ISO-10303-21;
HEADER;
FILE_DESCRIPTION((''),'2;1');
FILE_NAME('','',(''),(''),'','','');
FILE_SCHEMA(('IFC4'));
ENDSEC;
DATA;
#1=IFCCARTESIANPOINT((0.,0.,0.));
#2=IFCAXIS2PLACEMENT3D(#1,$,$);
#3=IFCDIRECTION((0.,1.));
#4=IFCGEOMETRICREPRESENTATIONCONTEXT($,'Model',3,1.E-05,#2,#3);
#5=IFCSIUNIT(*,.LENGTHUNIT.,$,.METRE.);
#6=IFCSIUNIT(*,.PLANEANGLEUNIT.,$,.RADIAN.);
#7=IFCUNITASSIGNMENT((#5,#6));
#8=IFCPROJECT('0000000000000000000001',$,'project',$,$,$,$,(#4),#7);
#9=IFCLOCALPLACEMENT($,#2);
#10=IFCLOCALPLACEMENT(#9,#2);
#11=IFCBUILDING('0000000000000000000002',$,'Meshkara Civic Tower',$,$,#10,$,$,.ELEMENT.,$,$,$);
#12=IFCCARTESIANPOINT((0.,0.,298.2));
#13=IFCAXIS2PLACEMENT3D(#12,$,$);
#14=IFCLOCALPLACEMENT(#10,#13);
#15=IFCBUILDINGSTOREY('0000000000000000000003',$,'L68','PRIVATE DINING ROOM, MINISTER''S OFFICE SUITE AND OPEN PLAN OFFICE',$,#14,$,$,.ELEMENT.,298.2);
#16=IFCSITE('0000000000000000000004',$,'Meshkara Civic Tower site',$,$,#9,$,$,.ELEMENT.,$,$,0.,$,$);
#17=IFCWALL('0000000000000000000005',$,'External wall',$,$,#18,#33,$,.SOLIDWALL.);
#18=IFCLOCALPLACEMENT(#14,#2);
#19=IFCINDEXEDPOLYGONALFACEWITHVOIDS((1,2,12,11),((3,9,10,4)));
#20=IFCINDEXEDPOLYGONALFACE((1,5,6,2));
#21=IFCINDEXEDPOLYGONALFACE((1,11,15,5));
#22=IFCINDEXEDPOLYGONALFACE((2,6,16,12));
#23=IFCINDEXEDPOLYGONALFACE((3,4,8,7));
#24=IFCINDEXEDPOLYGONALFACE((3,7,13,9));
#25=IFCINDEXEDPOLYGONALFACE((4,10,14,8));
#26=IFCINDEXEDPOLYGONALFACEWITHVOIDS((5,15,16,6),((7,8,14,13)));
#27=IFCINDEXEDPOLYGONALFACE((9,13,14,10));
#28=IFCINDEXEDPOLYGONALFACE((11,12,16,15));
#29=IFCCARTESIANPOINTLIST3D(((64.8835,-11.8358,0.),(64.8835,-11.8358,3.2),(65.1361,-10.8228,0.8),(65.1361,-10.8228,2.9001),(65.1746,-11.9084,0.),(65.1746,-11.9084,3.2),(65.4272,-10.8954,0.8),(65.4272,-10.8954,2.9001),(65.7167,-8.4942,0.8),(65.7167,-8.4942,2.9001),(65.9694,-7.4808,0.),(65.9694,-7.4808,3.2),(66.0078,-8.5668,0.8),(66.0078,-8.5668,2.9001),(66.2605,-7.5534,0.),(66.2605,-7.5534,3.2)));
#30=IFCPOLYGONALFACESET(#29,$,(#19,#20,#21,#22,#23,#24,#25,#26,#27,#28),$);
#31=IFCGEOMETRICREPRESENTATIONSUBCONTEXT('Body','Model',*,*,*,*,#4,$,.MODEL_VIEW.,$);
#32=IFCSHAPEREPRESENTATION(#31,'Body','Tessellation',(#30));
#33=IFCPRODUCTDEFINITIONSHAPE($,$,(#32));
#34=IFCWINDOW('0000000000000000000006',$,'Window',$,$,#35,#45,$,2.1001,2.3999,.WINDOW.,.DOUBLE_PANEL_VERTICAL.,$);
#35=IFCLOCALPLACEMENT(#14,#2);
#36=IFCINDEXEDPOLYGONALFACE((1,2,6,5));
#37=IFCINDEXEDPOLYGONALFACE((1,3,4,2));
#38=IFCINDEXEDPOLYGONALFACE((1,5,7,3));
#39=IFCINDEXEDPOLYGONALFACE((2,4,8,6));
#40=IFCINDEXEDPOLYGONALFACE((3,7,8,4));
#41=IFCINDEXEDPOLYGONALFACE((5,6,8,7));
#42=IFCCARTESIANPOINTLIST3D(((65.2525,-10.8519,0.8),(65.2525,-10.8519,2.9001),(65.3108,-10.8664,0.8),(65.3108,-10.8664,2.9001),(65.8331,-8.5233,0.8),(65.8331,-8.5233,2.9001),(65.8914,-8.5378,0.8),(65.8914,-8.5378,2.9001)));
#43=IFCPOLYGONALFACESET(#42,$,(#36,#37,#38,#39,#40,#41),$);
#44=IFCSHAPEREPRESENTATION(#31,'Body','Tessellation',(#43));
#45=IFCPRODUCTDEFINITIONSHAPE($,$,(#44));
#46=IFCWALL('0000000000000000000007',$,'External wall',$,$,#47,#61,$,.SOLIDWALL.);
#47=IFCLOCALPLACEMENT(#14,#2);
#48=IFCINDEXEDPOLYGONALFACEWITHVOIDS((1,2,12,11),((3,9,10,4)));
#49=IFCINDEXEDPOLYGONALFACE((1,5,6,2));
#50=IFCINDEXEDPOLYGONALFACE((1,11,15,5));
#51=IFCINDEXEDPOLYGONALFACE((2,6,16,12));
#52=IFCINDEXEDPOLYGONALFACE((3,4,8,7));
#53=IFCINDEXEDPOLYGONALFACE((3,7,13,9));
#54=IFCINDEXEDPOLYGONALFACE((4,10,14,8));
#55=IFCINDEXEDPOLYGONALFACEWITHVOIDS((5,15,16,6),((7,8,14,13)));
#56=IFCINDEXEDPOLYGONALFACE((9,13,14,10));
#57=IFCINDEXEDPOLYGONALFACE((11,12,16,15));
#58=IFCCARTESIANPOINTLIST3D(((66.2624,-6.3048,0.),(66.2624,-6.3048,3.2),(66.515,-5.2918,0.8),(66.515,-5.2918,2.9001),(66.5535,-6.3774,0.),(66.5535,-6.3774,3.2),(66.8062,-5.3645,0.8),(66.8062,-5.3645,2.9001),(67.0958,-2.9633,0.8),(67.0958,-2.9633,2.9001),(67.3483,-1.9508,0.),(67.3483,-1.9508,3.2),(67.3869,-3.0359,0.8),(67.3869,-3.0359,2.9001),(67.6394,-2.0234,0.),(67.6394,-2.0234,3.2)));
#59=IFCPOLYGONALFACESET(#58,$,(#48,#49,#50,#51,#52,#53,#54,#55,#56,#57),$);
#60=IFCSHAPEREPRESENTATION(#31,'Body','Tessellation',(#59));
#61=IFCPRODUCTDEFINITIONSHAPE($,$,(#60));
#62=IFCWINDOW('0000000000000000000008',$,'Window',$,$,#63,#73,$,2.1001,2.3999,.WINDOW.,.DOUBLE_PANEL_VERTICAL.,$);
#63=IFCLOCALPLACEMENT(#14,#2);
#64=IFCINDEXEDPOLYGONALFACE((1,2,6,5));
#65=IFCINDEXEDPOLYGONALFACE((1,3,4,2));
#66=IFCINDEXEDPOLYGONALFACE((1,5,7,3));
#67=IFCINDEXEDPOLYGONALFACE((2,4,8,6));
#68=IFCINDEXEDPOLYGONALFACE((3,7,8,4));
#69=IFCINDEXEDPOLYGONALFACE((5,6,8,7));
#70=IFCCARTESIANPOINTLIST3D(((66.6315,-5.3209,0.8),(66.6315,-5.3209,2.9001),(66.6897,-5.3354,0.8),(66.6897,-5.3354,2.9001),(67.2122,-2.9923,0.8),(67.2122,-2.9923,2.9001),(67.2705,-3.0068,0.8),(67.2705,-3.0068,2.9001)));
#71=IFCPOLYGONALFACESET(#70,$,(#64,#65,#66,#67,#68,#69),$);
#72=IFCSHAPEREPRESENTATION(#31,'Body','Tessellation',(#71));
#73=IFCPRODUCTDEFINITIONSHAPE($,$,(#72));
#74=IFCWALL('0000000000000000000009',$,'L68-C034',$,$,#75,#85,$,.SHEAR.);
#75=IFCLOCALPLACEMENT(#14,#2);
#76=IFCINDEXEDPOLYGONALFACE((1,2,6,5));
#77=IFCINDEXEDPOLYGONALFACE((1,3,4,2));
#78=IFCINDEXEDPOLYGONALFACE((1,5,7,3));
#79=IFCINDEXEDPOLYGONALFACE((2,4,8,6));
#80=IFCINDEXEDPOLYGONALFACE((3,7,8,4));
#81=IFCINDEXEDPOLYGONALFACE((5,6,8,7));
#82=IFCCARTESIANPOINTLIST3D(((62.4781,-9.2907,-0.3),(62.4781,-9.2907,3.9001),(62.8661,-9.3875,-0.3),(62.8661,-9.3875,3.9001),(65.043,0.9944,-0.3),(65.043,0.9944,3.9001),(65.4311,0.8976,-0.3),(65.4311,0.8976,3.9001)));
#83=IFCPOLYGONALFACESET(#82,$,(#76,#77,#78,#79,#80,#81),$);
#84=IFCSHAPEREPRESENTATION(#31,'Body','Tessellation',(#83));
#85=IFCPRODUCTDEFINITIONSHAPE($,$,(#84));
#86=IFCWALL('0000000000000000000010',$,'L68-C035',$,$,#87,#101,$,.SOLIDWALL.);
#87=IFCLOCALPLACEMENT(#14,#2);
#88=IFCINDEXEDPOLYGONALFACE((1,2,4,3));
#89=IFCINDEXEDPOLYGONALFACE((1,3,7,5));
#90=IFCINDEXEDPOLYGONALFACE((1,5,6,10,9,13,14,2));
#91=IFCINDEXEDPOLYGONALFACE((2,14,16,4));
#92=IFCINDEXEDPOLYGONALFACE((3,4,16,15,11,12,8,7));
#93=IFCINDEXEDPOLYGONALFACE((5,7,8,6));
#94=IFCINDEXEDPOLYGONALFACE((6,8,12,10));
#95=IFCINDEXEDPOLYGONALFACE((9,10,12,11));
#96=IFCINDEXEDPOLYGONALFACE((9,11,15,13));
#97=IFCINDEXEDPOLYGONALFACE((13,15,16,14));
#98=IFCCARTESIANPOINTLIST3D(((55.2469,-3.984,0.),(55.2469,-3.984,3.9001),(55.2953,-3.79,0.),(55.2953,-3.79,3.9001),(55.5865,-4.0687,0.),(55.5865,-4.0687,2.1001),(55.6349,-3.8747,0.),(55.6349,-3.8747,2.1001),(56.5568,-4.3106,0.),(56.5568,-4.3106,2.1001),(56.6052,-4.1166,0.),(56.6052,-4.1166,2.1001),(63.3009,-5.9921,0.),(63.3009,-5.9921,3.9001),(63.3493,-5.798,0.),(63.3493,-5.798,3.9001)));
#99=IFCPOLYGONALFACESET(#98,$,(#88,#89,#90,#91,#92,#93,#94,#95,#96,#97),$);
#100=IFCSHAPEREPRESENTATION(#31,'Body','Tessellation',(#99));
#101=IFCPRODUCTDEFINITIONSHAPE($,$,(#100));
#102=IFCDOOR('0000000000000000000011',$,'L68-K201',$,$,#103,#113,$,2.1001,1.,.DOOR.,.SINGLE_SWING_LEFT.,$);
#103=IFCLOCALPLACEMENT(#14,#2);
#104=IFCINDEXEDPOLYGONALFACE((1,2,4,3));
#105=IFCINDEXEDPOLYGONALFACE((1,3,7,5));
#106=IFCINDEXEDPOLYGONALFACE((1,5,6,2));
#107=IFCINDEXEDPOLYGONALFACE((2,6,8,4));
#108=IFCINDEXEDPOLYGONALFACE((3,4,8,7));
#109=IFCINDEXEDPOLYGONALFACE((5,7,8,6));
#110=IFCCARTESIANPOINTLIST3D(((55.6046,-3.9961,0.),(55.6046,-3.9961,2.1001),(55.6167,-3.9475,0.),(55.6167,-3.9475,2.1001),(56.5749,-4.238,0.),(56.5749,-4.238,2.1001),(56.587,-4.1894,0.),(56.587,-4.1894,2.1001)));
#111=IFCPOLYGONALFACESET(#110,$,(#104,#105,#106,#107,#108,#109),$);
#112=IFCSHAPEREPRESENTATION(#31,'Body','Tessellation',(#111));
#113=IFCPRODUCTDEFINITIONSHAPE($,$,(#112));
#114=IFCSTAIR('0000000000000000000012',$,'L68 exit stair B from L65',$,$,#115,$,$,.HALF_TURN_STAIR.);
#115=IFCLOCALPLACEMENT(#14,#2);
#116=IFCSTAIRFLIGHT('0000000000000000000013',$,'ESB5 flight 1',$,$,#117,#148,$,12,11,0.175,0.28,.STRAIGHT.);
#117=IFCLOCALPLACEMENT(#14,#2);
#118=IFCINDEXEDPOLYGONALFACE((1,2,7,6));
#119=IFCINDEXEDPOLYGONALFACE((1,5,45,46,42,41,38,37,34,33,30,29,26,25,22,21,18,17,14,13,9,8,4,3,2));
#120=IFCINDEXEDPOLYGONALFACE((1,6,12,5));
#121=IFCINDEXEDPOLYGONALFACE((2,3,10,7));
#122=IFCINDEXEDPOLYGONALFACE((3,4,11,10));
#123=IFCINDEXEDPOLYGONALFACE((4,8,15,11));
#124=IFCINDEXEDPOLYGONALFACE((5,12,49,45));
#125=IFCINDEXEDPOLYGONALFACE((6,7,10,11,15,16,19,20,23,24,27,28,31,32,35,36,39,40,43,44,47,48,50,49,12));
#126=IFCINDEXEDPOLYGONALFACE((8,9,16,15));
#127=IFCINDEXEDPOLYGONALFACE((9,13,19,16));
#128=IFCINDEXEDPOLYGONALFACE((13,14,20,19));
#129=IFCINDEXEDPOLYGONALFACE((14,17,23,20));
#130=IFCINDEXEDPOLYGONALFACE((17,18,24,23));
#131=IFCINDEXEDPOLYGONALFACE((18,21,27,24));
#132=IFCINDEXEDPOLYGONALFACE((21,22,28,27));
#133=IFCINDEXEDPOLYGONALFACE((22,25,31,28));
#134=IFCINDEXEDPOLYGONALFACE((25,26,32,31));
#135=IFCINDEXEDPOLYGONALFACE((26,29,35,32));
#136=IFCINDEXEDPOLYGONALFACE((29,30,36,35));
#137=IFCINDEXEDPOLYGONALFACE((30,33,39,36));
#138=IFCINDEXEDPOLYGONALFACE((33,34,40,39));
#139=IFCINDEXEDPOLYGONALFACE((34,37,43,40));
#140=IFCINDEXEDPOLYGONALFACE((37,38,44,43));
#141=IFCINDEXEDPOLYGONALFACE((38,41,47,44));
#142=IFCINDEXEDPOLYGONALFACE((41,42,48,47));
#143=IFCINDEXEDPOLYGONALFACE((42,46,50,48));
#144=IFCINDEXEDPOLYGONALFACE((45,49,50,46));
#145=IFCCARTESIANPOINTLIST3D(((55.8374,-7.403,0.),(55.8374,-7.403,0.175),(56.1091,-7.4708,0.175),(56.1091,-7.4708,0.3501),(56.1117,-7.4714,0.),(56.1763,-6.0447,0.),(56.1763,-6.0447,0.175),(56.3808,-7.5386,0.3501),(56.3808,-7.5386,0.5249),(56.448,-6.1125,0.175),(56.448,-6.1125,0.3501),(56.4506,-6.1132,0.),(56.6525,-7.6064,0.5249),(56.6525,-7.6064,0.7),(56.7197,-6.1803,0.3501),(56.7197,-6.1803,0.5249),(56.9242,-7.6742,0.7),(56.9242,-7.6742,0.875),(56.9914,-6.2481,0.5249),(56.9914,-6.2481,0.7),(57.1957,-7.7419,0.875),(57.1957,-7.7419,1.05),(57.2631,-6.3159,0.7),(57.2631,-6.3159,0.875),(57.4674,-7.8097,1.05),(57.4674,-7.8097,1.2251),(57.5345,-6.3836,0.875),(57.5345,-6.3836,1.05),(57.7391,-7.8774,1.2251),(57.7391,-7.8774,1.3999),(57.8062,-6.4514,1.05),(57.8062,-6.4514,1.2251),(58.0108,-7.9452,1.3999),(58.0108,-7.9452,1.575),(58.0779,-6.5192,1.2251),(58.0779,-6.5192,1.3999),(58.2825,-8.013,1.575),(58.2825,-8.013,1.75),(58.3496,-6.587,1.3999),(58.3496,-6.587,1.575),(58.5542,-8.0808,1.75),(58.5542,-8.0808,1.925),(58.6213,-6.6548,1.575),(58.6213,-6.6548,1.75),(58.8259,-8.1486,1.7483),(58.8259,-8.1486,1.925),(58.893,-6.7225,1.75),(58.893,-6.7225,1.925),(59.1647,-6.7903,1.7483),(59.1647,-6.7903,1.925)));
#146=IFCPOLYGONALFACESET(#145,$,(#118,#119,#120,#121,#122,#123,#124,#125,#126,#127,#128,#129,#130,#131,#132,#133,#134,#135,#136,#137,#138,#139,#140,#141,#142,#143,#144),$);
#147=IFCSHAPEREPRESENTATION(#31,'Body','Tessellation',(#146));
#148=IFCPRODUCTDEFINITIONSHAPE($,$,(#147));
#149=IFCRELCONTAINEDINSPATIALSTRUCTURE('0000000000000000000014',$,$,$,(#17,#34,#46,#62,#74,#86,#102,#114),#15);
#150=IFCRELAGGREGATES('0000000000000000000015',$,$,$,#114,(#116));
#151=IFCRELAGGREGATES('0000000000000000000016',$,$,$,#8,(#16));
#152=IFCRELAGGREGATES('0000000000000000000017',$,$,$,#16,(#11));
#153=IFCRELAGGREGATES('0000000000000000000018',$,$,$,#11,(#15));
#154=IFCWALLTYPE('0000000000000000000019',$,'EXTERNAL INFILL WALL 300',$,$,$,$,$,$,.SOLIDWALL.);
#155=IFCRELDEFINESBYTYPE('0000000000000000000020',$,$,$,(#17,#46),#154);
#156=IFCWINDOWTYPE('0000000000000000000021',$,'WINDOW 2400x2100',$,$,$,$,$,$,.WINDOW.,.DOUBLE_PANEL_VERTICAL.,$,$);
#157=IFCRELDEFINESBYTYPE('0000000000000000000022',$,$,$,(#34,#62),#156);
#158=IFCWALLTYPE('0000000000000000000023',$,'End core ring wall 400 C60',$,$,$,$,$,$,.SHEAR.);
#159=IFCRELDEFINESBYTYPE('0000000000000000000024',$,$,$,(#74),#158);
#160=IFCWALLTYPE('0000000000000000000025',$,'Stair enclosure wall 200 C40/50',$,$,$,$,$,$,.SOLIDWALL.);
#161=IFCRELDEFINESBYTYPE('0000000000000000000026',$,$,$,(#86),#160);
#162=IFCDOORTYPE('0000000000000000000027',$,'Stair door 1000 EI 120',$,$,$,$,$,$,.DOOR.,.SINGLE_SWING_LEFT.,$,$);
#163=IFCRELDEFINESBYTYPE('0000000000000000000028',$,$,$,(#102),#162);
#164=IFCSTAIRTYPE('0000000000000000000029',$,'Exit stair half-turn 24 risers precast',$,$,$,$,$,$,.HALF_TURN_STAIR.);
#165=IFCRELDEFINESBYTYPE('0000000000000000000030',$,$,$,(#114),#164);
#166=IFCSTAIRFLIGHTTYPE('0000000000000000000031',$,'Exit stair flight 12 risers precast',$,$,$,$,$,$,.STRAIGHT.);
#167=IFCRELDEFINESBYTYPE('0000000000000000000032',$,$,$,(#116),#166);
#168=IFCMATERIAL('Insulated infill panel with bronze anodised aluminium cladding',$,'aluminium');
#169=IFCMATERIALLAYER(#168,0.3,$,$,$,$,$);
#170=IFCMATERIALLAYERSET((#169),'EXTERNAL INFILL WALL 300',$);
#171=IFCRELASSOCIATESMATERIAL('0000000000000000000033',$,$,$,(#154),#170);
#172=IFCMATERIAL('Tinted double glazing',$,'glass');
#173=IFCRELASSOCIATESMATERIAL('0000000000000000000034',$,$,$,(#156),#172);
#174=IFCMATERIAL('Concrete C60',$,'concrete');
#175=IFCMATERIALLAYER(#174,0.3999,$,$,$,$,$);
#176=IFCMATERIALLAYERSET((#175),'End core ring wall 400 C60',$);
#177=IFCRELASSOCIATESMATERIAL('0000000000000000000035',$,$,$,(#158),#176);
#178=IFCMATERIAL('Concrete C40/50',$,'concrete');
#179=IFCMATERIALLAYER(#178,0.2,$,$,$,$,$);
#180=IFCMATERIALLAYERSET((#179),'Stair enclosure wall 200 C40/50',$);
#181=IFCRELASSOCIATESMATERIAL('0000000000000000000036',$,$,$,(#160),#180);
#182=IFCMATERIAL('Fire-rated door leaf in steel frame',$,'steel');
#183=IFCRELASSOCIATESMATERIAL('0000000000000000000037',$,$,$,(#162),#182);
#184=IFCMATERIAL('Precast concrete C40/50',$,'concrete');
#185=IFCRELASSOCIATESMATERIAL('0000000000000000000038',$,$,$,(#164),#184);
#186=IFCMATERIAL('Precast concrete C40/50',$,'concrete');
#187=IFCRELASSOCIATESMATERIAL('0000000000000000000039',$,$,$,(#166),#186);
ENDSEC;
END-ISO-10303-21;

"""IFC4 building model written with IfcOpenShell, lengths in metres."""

from ifc_helpers import new_model, si_unit, direction, frame, frame_2d, origin, place, context, subcontext, project, spatial, polyline, rectangle, outline, extrude, material, layer, layer_set, type_object, element, fill, aggregate, save


model = new_model("IFC4")

# Units and contexts
model_context = context("Model", 3, precision=1e-05, world=origin(), true_north=direction((0.0, 1.0)))
body_context = subcontext(model_context, "Body", "Model", "MODEL_VIEW")
ifc_project = project(units=[si_unit("LENGTHUNIT", "METRE"), si_unit("PLANEANGLEUNIT", "RADIAN")], contexts=[model_context])

# Site, building, storey
site_placement = place(None, origin())
site = spatial("IfcSite", under=ifc_project, at=site_placement, Name="Meshkara Civic Tower site", CompositionType="ELEMENT", RefElevation=0.0)
building_placement = place(site_placement, origin())
building = spatial("IfcBuilding", under=site, at=building_placement, Name="Meshkara Civic Tower", CompositionType="ELEMENT")
storey_placement = place(building_placement, frame((0.0, 0.0, 298.2)))
storey = spatial("IfcBuildingStorey", under=building, at=storey_placement, Name="L68", Description="PRIVATE DINING ROOM, MINISTER'S OFFICE SUITE AND OPEN PLAN OFFICE", CompositionType="ELEMENT", Elevation=298.2)

# Walls, openings, windows
ifc_material_1 = material(Name="Insulated infill panel with bronze anodised aluminium cladding", Category="aluminium")
ifc_layer_1 = layer(ifc_material_1, 0.3)
ifc_layer_set_1 = layer_set([ifc_layer_1], Name="EXTERNAL INFILL WALL 300")
wall_type_1 = type_object("IfcWallType", Name="EXTERNAL INFILL WALL 300", PredefinedType="SOLIDWALL", material=ifc_layer_set_1)
ifc_material_2 = material(Name="Tinted double glazing", Category="glass")
window_type = type_object("IfcWindowType", Name="WINDOW 2400x2100", PartitioningType="DOUBLE_PANEL_VERTICAL", PredefinedType="WINDOW", material=ifc_material_2)
wall_1_placement = place(storey_placement, frame((65.0291, -11.8721, 0.0), z_axis=(0.0, 0.0, 1.0), x_axis=(0.241947, 0.97029, 0.0)))
wall_1 = element("IfcWall", 1, at=wall_1_placement, inside=storey, type_object=wall_type_1, Name="External wall", PredefinedType="SOLIDWALL", context=body_context, shape_type="SweptSolid", body=[
    extrude(rectangle(XDim=4.4883, YDim=0.3, at=frame_2d((2.2441, 0.0))), origin(), (0.0, 0.0, 1.0), 3.2),
])
opening_1_placement = place(wall_1_placement, frame((1.0439, 0.0, 0.8)))
opening_1 = element("IfcOpeningElement", 2, at=opening_1_placement, cuts=wall_1, PredefinedType="OPENING", context=body_context, shape_type="SweptSolid", body=[
    extrude(rectangle(XDim=2.3999, YDim=2.1001, at=frame_2d((1.2, 1.05))), frame((0.0, 0.1599, 0.0), z_axis=(0.0, -1.0, 0.0), x_axis=(1.0, 0.0, 0.0)), (0.0, 0.0, 1.0), 0.3201),
])
window_1_placement = place(opening_1_placement, origin())
window_1 = element("IfcWindow", 3, at=window_1_placement, inside=storey, type_object=window_type, Name="Window", OverallHeight=2.1001, OverallWidth=2.3999, PartitioningType="DOUBLE_PANEL_VERTICAL", PredefinedType="WINDOW", context=body_context, shape_type="SweptSolid", body=[
    extrude(rectangle(XDim=2.3999, YDim=2.1001, at=frame_2d((1.2, 1.05))), frame((0.0, 0.03, 0.0), z_axis=(0.0, -1.0, 0.0), x_axis=(1.0, 0.0, 0.0)), (0.0, 0.0, 1.0), 0.0601),
])
fill(opening_1, window_1)
wall_2_placement = place(storey_placement, frame((66.408, -6.3411, 0.0), z_axis=(0.0, 0.0, 1.0), x_axis=(0.241998, 0.970277, 0.0)))
wall_2 = element("IfcWall", 4, at=wall_2_placement, inside=storey, type_object=wall_type_1, Name="External wall", PredefinedType="SOLIDWALL", context=body_context, shape_type="SweptSolid", body=[
    extrude(rectangle(XDim=4.4873, YDim=0.3, at=frame_2d((2.2437, 0.0))), origin(), (0.0, 0.0, 1.0), 3.2),
])
opening_2_placement = place(wall_2_placement, frame((1.0439, 0.0, 0.8)))
opening_2 = element("IfcOpeningElement", 5, at=opening_2_placement, cuts=wall_2, PredefinedType="OPENING", context=body_context, shape_type="SweptSolid", body=[
    extrude(rectangle(XDim=2.3999, YDim=2.1001, at=frame_2d((1.2, 1.05))), frame((0.0, 0.1599, 0.0), z_axis=(0.0, -1.0, 0.0), x_axis=(1.0, 0.0, 0.0)), (0.0, 0.0, 1.0), 0.3201),
])
window_2_placement = place(opening_2_placement, origin())
window_2 = element("IfcWindow", 6, at=window_2_placement, inside=storey, type_object=window_type, Name="Window", OverallHeight=2.1001, OverallWidth=2.3999, PartitioningType="DOUBLE_PANEL_VERTICAL", PredefinedType="WINDOW", context=body_context, shape_type="SweptSolid", body=[
    extrude(rectangle(XDim=2.3999, YDim=2.1001, at=frame_2d((1.2, 1.05))), frame((0.0, 0.03, 0.0), z_axis=(0.0, -1.0, 0.0), x_axis=(1.0, 0.0, 0.0)), (0.0, 0.0, 1.0), 0.0601),
])
fill(opening_2, window_2)

# Wall
ifc_material_3 = material(Name="Concrete C60", Category="concrete")
ifc_layer_2 = layer(ifc_material_3, 0.3999)
ifc_layer_set_2 = layer_set([ifc_layer_2], Name="End core ring wall 400 C60")
wall_type_2 = type_object("IfcWallType", Name="End core ring wall 400 C60", PredefinedType="SHEAR", material=ifc_layer_set_2)
wall_3_placement = place(storey_placement, frame((62.6721, -9.3391, -0.3), z_axis=(0.0, 0.0, 1.0), x_axis=(0.241972, 0.970283, 0.0)))
element("IfcWall", 7, at=wall_3_placement, inside=storey, type_object=wall_type_2, Name="L68-C034", PredefinedType="SHEAR", context=body_context, shape_type="SweptSolid", body=[
    extrude(rectangle(XDim=10.6001, YDim=0.3999, at=frame_2d((5.3, 0.0))), origin(), (0.0, 0.0, 1.0), 4.2002),
])

# Wall, opening, door
ifc_material_4 = material(Name="Concrete C40/50", Category="concrete")
ifc_layer_3 = layer(ifc_material_4, 0.2)
ifc_layer_set_3 = layer_set([ifc_layer_3], Name="Stair enclosure wall 200 C40/50")
wall_type_3 = type_object("IfcWallType", Name="Stair enclosure wall 200 C40/50", PredefinedType="SOLIDWALL", material=ifc_layer_set_3)
wall_4_placement = place(storey_placement, frame((55.271, -3.887, 0.0), z_axis=(0.0, 0.0, 1.0), x_axis=(0.970296, -0.24192, 0.0)))
wall_4 = element("IfcWall", 8, at=wall_4_placement, inside=storey, type_object=wall_type_3, Name="L68-C035", PredefinedType="SOLIDWALL", context=body_context, shape_type="SweptSolid", body=[
    extrude(rectangle(XDim=8.3005, YDim=0.2, at=frame_2d((4.1504, 0.0))), origin(), (0.0, 0.0, 1.0), 3.9001),
])
opening_3_placement = place(wall_4_placement, frame((0.3501, 0.0, 0.0)))
opening_3 = element("IfcOpeningElement", 9, at=opening_3_placement, cuts=wall_4, PredefinedType="OPENING", context=body_context, shape_type="SweptSolid", body=[
    extrude(rectangle(XDim=1.0, YDim=2.1001, at=frame_2d((0.5, 1.05))), frame((0.0, 0.1099, 0.0), z_axis=(0.0, -1.0, 0.0), x_axis=(1.0, 0.0, 0.0)), (0.0, 0.0, 1.0), 0.22),
])
ifc_material_5 = material(Name="Fire-rated door leaf in steel frame", Category="steel")
door_type = type_object("IfcDoorType", Name="Stair door 1000 EI 120", OperationType="SINGLE_SWING_LEFT", PredefinedType="DOOR", material=ifc_material_5)
door_placement = place(opening_3_placement, origin())
door = element("IfcDoor", 10, at=door_placement, inside=storey, type_object=door_type, Name="L68-K201", OperationType="SINGLE_SWING_LEFT", OverallHeight=2.1001, OverallWidth=1.0, PredefinedType="DOOR", context=body_context, shape_type="SweptSolid", body=[
    extrude(rectangle(XDim=1.0, YDim=2.1001, at=frame_2d((0.5, 1.05))), frame((0.0, 0.0249, 0.0), z_axis=(0.0, -1.0, 0.0), x_axis=(1.0, 0.0, 0.0)), (0.0, 0.0, 1.0), 0.05),
])
fill(opening_3, door)

# Stair, stair flight
ifc_material_6 = material(Name="Precast concrete C40/50", Category="concrete")
stair_type = type_object("IfcStairType", Name="Exit stair half-turn 24 risers precast", PredefinedType="HALF_TURN_STAIR", material=ifc_material_6)
stair_placement = place(storey_placement, origin())
stair = element("IfcStair", 11, at=stair_placement, inside=storey, type_object=stair_type, Name="L68 exit stair B from L65", PredefinedType="HALF_TURN_STAIR")
ifc_material_7 = material(Name="Precast concrete C40/50", Category="concrete")
stair_flight_type = type_object("IfcStairFlightType", Name="Exit stair flight 12 risers precast", PredefinedType="STRAIGHT", material=ifc_material_7)
stair_flight_1_placement = place(storey_placement, frame((56.0068, -6.7239, 0.0), z_axis=(0.0, 0.0, 1.0), x_axis=(0.97026, -0.242065, 0.0)))
stair_flight_1 = element("IfcStairFlight", 12, at=stair_flight_1_placement, type_object=stair_flight_type, Name="ESB5 flight 1", NumberOfRisers=12, NumberOfTreads=11, PredefinedType="STRAIGHT", RiserHeight=0.175, TreadLength=0.28, context=body_context, shape_type="SweptSolid", body=[
    extrude(outline(polyline([(0.0, 0.0), (0.0, 0.175), (0.28, 0.175), (0.28, 0.3501), (0.5601, 0.3501), (0.5601, 0.5249), (0.8401, 0.5249), (0.8401, 0.7), (1.1201, 0.7), (1.1201, 0.875), (1.3999, 0.875), (1.3999, 1.05), (1.6799, 1.05), (1.6799, 1.2251), (1.96, 1.2251), (1.96, 1.3999), (2.24, 1.3999), (2.24, 1.575), (2.52, 1.575), (2.52, 1.75), (2.8, 1.75), (2.8, 1.925), (3.0801, 1.925), (3.0801, 2.1001), (3.0801, 1.7483), (0.2827, 0.0), (0.0, 0.0)])), frame((0.0, 0.7, 0.0), z_axis=(0.0, -1.0, 0.0), x_axis=(1.0, 0.0, 0.0)), (0.0, 0.0, 1.0), 1.3999),
])
aggregate(stair, [stair_flight_1])

save(model, "model.ifc")
